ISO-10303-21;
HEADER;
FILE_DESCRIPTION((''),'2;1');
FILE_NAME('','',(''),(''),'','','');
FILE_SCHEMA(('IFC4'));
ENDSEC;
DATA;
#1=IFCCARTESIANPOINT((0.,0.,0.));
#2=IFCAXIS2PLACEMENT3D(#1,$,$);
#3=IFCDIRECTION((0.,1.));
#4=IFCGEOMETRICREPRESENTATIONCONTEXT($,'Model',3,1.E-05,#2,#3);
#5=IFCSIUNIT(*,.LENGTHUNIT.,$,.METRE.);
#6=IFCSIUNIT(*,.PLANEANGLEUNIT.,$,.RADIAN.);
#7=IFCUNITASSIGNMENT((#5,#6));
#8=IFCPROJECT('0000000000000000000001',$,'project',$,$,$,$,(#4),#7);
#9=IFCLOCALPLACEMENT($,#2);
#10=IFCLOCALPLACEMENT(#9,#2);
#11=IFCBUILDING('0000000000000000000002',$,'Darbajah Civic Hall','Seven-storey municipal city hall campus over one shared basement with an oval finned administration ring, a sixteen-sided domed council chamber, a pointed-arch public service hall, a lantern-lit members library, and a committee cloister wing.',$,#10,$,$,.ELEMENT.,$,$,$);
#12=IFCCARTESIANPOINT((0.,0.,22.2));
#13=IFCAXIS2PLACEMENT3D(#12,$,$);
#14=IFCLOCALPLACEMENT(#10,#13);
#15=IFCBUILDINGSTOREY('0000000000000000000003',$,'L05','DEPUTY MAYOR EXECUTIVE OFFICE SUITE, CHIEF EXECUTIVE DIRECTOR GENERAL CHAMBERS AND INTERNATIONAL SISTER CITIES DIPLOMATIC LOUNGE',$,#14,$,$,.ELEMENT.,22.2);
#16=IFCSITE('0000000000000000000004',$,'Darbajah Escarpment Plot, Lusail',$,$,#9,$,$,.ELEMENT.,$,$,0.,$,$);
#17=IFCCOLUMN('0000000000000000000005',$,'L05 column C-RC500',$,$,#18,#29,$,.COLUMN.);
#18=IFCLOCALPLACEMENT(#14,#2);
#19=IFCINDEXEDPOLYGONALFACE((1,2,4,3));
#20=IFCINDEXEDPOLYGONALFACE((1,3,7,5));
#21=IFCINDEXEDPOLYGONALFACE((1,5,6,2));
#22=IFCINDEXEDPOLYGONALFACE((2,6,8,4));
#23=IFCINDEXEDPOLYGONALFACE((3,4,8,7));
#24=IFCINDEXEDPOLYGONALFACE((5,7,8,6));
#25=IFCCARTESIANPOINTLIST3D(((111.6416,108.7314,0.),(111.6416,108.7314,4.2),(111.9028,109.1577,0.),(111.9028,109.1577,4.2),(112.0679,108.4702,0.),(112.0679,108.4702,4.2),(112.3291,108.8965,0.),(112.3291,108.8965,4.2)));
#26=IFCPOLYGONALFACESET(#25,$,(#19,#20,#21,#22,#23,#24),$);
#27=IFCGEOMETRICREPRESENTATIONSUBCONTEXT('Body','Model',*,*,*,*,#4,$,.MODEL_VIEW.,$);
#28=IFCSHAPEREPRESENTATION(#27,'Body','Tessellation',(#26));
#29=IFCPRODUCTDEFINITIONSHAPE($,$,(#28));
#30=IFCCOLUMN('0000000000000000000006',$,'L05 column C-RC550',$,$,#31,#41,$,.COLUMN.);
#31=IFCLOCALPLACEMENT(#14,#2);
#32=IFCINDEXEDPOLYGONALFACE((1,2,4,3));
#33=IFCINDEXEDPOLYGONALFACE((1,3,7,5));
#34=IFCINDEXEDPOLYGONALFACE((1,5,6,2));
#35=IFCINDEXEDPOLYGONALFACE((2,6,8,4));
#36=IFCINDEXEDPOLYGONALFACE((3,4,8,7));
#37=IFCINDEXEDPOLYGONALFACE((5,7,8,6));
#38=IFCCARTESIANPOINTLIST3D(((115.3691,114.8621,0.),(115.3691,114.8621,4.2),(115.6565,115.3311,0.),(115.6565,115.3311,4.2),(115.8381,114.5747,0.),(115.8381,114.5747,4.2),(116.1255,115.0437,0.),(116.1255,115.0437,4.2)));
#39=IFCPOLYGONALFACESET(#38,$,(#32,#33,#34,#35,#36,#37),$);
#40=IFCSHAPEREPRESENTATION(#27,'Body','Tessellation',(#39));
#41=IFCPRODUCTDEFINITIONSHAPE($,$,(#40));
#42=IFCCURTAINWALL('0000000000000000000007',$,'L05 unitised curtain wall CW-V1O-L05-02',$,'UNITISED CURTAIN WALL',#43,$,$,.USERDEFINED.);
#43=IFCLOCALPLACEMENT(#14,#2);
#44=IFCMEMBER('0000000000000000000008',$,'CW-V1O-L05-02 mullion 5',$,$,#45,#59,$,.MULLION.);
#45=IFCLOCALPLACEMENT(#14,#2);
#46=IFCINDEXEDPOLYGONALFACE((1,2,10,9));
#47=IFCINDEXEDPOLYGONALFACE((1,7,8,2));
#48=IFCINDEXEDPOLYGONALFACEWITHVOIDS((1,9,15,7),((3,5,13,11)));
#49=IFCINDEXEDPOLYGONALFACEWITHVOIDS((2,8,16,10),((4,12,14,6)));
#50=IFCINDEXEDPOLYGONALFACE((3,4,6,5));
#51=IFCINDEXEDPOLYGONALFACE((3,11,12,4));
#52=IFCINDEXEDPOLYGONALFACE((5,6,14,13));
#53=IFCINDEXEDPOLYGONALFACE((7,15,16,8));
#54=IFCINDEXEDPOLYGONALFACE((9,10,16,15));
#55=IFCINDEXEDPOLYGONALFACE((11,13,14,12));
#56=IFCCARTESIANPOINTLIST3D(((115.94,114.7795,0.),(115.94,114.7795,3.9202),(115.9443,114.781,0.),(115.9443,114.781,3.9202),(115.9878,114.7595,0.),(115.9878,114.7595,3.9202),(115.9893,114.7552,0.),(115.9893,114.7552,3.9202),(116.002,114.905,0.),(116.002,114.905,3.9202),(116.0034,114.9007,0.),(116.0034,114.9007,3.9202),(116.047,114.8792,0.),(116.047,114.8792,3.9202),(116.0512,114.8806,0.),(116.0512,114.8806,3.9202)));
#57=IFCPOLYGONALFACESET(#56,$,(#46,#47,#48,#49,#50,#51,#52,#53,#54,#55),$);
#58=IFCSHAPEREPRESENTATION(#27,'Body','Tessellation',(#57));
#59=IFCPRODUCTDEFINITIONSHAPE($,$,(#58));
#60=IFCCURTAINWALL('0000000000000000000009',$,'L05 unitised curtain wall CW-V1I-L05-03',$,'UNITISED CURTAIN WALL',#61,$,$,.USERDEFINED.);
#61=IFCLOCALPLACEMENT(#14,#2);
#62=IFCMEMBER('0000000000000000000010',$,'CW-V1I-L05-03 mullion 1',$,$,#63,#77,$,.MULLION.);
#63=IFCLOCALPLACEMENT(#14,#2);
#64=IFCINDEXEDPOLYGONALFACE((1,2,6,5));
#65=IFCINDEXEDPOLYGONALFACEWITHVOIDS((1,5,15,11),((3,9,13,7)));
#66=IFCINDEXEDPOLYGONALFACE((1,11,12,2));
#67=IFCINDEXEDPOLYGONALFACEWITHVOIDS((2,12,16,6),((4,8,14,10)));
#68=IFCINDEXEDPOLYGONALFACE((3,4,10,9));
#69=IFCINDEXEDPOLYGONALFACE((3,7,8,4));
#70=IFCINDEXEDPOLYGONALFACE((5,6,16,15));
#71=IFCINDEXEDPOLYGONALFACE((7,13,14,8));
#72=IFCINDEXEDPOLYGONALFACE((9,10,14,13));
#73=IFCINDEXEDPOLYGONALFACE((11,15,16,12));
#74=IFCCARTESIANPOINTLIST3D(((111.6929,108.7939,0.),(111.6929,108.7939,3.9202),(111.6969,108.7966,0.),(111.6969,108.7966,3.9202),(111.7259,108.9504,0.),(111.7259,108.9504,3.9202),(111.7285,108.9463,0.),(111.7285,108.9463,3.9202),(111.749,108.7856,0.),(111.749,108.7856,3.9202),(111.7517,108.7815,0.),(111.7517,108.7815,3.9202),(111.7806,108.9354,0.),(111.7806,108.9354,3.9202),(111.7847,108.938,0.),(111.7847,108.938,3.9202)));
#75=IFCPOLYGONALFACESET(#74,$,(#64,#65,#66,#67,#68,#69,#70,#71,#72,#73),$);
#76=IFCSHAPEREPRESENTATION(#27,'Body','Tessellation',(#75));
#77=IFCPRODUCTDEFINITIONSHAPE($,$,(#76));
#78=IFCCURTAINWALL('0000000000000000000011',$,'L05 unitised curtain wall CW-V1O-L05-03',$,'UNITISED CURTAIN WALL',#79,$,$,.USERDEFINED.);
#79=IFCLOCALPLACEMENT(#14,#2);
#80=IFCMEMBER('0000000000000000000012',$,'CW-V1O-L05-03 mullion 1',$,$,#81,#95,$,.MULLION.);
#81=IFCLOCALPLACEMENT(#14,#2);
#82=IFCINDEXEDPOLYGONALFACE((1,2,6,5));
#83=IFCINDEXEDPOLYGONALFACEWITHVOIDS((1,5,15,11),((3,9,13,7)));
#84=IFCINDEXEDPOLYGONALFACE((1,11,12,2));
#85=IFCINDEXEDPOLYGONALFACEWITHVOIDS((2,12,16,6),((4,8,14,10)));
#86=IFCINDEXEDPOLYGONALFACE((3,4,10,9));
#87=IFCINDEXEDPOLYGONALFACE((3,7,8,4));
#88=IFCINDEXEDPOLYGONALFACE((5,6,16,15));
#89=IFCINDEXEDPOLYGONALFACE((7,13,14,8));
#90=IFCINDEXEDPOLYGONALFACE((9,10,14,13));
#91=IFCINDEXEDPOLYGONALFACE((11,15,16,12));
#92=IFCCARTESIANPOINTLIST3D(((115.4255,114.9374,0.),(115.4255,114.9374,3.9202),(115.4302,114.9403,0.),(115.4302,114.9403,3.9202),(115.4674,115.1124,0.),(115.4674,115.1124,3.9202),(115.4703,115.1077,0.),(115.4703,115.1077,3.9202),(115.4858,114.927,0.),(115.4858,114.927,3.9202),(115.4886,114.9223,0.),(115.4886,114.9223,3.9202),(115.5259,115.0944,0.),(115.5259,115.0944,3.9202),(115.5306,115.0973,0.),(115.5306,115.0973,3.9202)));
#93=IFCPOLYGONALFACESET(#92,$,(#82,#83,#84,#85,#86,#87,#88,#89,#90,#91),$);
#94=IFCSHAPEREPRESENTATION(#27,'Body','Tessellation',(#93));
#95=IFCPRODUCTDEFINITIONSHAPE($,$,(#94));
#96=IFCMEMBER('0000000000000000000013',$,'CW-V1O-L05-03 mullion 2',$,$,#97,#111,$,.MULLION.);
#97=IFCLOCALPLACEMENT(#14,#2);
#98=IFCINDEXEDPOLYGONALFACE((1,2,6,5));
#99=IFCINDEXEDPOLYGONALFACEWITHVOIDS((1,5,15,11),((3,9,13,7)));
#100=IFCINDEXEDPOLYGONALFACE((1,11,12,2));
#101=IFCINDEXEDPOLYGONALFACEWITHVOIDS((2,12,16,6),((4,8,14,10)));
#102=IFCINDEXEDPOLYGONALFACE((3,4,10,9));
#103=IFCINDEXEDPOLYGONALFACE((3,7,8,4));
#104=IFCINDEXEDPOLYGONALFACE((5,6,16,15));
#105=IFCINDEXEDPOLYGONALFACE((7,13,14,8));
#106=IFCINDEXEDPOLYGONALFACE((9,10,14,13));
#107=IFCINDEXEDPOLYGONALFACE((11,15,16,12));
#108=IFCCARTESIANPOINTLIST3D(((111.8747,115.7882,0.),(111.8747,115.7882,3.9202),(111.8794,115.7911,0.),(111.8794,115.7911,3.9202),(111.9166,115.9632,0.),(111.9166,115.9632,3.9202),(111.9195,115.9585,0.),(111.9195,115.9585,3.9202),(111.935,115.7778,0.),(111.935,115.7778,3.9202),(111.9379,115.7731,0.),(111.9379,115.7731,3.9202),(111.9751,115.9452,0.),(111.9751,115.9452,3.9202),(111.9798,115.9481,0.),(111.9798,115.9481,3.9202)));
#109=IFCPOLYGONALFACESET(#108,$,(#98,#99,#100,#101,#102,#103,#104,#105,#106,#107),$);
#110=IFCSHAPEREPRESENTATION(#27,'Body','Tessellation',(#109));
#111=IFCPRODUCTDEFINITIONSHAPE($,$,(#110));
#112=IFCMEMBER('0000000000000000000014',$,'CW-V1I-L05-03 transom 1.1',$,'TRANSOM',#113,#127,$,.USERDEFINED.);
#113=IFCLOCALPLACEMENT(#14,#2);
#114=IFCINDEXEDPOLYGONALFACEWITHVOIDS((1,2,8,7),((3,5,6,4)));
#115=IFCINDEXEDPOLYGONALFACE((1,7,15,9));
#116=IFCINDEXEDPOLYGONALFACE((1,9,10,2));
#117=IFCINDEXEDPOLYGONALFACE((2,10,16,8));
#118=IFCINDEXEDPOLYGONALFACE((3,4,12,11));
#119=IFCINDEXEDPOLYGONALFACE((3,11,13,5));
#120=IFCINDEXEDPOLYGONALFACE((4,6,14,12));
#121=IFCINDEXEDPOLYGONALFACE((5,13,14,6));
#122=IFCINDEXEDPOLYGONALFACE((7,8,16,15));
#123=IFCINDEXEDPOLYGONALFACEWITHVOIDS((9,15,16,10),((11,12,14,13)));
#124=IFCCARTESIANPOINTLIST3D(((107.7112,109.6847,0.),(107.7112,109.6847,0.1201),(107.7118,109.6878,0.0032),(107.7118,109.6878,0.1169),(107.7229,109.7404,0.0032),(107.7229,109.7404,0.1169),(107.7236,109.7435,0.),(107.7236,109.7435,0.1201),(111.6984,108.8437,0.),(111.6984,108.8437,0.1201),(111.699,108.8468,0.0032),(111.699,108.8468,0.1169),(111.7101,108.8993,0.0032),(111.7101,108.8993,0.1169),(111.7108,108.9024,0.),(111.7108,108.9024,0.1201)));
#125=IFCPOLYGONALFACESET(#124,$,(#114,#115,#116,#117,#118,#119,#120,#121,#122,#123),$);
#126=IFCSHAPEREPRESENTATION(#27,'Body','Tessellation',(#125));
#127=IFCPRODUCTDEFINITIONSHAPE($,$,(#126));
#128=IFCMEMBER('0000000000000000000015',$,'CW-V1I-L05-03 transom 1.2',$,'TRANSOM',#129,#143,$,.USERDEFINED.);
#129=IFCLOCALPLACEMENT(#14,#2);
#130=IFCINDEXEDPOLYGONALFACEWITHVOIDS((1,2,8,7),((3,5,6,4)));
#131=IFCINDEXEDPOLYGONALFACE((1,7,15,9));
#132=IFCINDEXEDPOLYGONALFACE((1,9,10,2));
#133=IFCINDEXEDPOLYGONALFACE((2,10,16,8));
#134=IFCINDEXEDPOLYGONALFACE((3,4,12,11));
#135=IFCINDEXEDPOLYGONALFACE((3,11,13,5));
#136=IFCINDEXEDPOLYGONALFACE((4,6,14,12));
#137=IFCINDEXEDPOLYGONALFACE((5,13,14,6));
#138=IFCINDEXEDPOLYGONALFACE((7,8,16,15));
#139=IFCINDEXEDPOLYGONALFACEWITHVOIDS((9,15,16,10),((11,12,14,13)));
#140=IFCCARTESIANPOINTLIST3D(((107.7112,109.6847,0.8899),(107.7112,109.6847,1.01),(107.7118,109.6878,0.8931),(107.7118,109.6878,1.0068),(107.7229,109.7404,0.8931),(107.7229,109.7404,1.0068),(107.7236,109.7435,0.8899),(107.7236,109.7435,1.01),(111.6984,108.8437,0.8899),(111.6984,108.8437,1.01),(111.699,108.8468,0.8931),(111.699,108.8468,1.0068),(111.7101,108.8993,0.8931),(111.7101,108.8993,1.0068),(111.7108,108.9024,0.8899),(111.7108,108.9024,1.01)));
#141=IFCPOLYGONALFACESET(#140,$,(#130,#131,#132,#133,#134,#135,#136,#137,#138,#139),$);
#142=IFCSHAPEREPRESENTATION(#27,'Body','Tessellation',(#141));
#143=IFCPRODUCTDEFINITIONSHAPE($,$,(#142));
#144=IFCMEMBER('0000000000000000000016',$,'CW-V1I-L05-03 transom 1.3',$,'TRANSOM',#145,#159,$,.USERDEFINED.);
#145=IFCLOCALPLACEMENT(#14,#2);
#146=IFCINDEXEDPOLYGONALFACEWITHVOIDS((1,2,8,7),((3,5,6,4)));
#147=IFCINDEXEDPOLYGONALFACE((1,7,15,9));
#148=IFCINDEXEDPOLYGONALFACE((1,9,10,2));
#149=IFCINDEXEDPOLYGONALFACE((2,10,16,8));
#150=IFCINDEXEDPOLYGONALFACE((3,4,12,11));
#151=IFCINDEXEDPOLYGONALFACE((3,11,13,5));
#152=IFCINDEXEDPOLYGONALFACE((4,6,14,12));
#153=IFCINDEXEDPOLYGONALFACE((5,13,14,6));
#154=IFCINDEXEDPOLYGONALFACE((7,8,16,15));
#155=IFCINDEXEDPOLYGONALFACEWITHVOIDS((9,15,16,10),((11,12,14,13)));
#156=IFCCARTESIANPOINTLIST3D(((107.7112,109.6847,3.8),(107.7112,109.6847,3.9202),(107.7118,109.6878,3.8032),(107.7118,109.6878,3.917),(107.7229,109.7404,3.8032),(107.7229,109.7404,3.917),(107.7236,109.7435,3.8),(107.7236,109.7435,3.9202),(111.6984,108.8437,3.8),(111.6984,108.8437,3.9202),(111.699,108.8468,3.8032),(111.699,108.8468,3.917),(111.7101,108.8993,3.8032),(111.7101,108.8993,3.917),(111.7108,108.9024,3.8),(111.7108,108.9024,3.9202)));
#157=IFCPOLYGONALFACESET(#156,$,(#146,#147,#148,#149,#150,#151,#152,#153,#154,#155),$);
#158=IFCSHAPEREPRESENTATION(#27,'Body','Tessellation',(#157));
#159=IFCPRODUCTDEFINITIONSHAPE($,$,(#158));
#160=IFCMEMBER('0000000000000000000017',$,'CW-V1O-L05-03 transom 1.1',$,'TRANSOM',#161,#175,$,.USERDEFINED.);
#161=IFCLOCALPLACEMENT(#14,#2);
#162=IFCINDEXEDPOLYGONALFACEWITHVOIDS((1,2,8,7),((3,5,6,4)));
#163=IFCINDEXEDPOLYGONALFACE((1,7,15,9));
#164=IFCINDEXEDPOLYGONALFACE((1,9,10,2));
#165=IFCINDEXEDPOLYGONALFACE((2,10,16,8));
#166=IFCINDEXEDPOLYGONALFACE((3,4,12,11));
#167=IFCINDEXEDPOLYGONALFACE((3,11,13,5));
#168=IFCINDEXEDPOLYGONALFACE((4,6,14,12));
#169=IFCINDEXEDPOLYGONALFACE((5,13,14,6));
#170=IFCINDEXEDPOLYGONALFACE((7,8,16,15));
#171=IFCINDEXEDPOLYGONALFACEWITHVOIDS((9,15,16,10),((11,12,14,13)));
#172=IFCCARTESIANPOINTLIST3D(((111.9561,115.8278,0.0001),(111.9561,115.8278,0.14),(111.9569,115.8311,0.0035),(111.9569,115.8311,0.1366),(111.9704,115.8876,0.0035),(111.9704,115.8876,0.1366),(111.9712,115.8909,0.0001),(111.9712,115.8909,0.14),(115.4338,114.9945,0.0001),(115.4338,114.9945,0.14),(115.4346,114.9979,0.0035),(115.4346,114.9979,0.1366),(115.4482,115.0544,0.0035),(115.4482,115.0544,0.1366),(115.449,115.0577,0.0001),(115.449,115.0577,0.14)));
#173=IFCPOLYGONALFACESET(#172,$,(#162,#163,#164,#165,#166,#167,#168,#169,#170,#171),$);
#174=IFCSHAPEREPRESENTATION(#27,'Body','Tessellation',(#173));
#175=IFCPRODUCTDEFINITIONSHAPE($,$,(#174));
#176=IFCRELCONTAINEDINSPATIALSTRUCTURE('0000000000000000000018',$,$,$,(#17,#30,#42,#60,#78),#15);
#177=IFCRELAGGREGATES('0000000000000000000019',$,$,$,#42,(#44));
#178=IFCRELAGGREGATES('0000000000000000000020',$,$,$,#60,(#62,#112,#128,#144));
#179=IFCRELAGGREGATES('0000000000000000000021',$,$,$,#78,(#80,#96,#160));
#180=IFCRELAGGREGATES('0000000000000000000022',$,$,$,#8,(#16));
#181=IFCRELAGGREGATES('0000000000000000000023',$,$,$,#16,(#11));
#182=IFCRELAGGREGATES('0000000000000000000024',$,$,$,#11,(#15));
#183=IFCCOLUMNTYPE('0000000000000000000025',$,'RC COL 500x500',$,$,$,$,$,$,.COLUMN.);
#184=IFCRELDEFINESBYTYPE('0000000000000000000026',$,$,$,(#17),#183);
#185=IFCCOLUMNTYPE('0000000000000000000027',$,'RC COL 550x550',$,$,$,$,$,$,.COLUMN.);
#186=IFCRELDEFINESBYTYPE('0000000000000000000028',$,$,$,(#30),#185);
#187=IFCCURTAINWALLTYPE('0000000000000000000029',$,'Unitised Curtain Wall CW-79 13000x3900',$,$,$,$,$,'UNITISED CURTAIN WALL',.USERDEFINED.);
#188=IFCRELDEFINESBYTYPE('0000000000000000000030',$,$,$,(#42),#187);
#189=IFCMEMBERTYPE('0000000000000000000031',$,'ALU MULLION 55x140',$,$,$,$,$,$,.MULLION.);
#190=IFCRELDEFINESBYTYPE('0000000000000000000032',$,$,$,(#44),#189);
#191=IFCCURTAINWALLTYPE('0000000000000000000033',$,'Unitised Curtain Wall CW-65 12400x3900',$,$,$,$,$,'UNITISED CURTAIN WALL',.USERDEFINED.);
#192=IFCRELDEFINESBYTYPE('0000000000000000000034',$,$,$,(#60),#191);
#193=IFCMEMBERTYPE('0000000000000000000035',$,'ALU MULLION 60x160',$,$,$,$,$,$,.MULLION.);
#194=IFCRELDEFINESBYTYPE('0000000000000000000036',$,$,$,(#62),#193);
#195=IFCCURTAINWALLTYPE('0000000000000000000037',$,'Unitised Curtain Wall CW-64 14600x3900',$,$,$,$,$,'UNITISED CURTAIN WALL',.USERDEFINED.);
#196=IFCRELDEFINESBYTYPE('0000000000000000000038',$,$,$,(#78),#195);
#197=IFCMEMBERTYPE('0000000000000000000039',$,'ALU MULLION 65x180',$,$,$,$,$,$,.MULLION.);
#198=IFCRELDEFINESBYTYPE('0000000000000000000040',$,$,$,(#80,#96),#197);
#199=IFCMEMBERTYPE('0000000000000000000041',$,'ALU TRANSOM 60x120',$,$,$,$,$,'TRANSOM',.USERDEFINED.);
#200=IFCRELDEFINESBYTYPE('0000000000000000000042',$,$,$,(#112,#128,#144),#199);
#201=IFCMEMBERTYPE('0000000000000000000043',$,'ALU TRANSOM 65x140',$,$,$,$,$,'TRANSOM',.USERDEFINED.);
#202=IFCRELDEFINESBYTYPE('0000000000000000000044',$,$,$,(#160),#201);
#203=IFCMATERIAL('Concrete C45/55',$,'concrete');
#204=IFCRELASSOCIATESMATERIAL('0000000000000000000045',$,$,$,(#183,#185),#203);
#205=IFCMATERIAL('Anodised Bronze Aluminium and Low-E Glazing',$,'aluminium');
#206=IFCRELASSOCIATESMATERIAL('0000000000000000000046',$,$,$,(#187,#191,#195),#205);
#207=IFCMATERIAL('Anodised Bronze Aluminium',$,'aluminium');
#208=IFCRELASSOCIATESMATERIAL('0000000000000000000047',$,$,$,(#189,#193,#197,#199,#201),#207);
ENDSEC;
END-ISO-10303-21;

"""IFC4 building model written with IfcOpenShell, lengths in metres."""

from ifc_helpers import new_model, si_unit, direction, frame, origin, origin_2d, place, context, subcontext, project, spatial, rectangle, hollow_rectangle, extrude, material, material_profile, profile_set, type_object, element, aggregate, save


model = new_model("IFC4")

# Units and contexts
model_context = context("Model", 3, precision=1e-05, world=origin(), true_north=direction((0.0, 1.0)))
body_context = subcontext(model_context, "Body", "Model", "MODEL_VIEW")
ifc_project = project(units=[si_unit("LENGTHUNIT", "METRE"), si_unit("PLANEANGLEUNIT", "RADIAN")], contexts=[model_context])

# Site, building, storey
site_placement = place(None, origin())
site = spatial("IfcSite", under=ifc_project, at=site_placement, Name="Darbajah Escarpment Plot, Lusail", CompositionType="ELEMENT", RefElevation=0.0)
building_placement = place(site_placement, origin())
building = spatial("IfcBuilding", under=site, at=building_placement, Name="Darbajah Civic Hall", Description="Seven-storey municipal city hall campus over one shared basement with an oval finned administration ring, a sixteen-sided domed council chamber, a pointed-arch public service hall, a lantern-lit members library, and a committee cloister wing.", CompositionType="ELEMENT")
storey_placement = place(building_placement, frame((0.0, 0.0, 22.2)))
storey = spatial("IfcBuildingStorey", under=building, at=storey_placement, Name="L05", Description="DEPUTY MAYOR EXECUTIVE OFFICE SUITE, CHIEF EXECUTIVE DIRECTOR GENERAL CHAMBERS AND INTERNATIONAL SISTER CITIES DIPLOMATIC LOUNGE", CompositionType="ELEMENT", Elevation=22.2)

# Columns
ifc_material_1 = material(Name="Concrete C45/55", Category="concrete")
ifc_material_profile_1 = material_profile(ifc_material_1, rectangle(XDim=0.5, YDim=0.5, at=origin_2d()), Name="RC COL 500x500")
ifc_profile_set_1 = profile_set([ifc_material_profile_1], Name="Concrete C45/55")
column_type_1 = type_object("IfcColumnType", Name="RC COL 500x500", PredefinedType="COLUMN", material=ifc_profile_set_1)
column_1_placement = place(storey_placement, frame((111.9854, 108.814, 0.0), z_axis=(0.0, 0.0, 1.0), x_axis=(0.522499, 0.85264, 0.0)))
element("IfcColumn", 1, at=column_1_placement, inside=storey, type_object=column_type_1, Name="L05 column C-RC500", PredefinedType="COLUMN", context=body_context, shape_type="SweptSolid", body=[
    extrude(rectangle(XDim=0.5, YDim=0.5, at=origin_2d()), origin(), (0.0, 0.0, 1.0), 4.2),
])
ifc_material_profile_2 = material_profile(ifc_material_1, rectangle(XDim=0.55, YDim=0.55, at=origin_2d()), Name="RC COL 550x550")
ifc_profile_set_2 = profile_set([ifc_material_profile_2], Name="Concrete C45/55")
column_type_2 = type_object("IfcColumnType", Name="RC COL 550x550", PredefinedType="COLUMN", material=ifc_profile_set_2)
column_2_placement = place(storey_placement, frame((115.7473, 114.9529, 0.0), z_axis=(0.0, 0.0, 1.0), x_axis=(0.522499, 0.85264, 0.0)))
element("IfcColumn", 2, at=column_2_placement, inside=storey, type_object=column_type_2, Name="L05 column C-RC550", PredefinedType="COLUMN", context=body_context, shape_type="SweptSolid", body=[
    extrude(rectangle(XDim=0.55, YDim=0.55, at=origin_2d()), origin(), (0.0, 0.0, 1.0), 4.2),
])

# Curtain walls, members
ifc_material_2 = material(Name="Anodised Bronze Aluminium and Low-E Glazing", Category="aluminium")
curtain_wall_type_1 = type_object("IfcCurtainWallType", Name="Unitised Curtain Wall CW-79 13000x3900", ElementType="UNITISED CURTAIN WALL", PredefinedType="USERDEFINED", material=ifc_material_2)
curtain_wall_1_placement = place(storey_placement, origin())
curtain_wall_1 = element("IfcCurtainWall", 3, at=curtain_wall_1_placement, inside=storey, type_object=curtain_wall_type_1, Name="L05 unitised curtain wall CW-V1O-L05-02", ObjectType="UNITISED CURTAIN WALL", PredefinedType="USERDEFINED")
ifc_material_3 = material(Name="Anodised Bronze Aluminium", Category="aluminium")
ifc_material_profile_3 = material_profile(ifc_material_3, hollow_rectangle(XDim=0.0549, YDim=0.1399, WallThickness=0.0032, at=origin_2d()), Name="ALU MULLION 55x140")
ifc_profile_set_3 = profile_set([ifc_material_profile_3], Name="Anodised Bronze Aluminium")
member_type_1 = type_object("IfcMemberType", Name="ALU MULLION 55x140", PredefinedType="MULLION", material=ifc_profile_set_3)
member_1_placement = place(storey_placement, frame((115.9956, 114.8301, 0.0), z_axis=(0.0, 0.0, 1.0), x_axis=(-0.896564, 0.442915, 0.0)))
member_1 = element("IfcMember", 4, at=member_1_placement, type_object=member_type_1, Name="CW-V1O-L05-02 mullion 5", PredefinedType="MULLION", context=body_context, shape_type="SweptSolid", body=[
    extrude(hollow_rectangle(XDim=0.0549, YDim=0.1399, WallThickness=0.0032, at=origin_2d()), origin(), (0.0, 0.0, 1.0), 3.9202),
])
aggregate(curtain_wall_1, [member_1])
curtain_wall_type_2 = type_object("IfcCurtainWallType", Name="Unitised Curtain Wall CW-65 12400x3900", ElementType="UNITISED CURTAIN WALL", PredefinedType="USERDEFINED", material=ifc_material_2)
curtain_wall_2_placement = place(storey_placement, origin())
curtain_wall_2 = element("IfcCurtainWall", 5, at=curtain_wall_2_placement, inside=storey, type_object=curtain_wall_type_2, Name="L05 unitised curtain wall CW-V1I-L05-03", ObjectType="UNITISED CURTAIN WALL", PredefinedType="USERDEFINED")
ifc_material_profile_4 = material_profile(ifc_material_3, hollow_rectangle(XDim=0.0601, YDim=0.1599, WallThickness=0.0034, at=origin_2d()), Name="ALU MULLION 60x160")
ifc_profile_set_4 = profile_set([ifc_material_profile_4], Name="Anodised Bronze Aluminium")
member_type_2 = type_object("IfcMemberType", Name="ALU MULLION 60x160", PredefinedType="MULLION", material=ifc_profile_set_4)
member_2_placement = place(storey_placement, frame((111.7388, 108.866, 0.0), z_axis=(0.0, 0.0, 1.0), x_axis=(-0.978473, 0.206375, 0.0)))
member_2 = element("IfcMember", 6, at=member_2_placement, type_object=member_type_2, Name="CW-V1I-L05-03 mullion 1", PredefinedType="MULLION", context=body_context, shape_type="SweptSolid", body=[
    extrude(hollow_rectangle(XDim=0.0601, YDim=0.1599, WallThickness=0.0034, at=origin_2d()), origin(), (0.0, 0.0, 1.0), 3.9202),
])

# Curtain wall, members
curtain_wall_type_3 = type_object("IfcCurtainWallType", Name="Unitised Curtain Wall CW-64 14600x3900", ElementType="UNITISED CURTAIN WALL", PredefinedType="USERDEFINED", material=ifc_material_2)
curtain_wall_3_placement = place(storey_placement, origin())
curtain_wall_3 = element("IfcCurtainWall", 7, at=curtain_wall_3_placement, inside=storey, type_object=curtain_wall_type_3, Name="L05 unitised curtain wall CW-V1O-L05-03", ObjectType="UNITISED CURTAIN WALL", PredefinedType="USERDEFINED")
ifc_material_profile_5 = material_profile(ifc_material_3, hollow_rectangle(XDim=0.0649, YDim=0.1799, WallThickness=0.0039, at=origin_2d()), Name="ALU MULLION 65x180")
ifc_profile_set_5 = profile_set([ifc_material_profile_5], Name="Anodised Bronze Aluminium")
member_type_3 = type_object("IfcMemberType", Name="ALU MULLION 65x180", PredefinedType="MULLION", material=ifc_profile_set_5)
member_3_placement = place(storey_placement, frame((115.478, 115.0173, 0.0), z_axis=(0.0, 0.0, 1.0), x_axis=(-0.972492, 0.232936, 0.0)))
member_3 = element("IfcMember", 8, at=member_3_placement, type_object=member_type_3, Name="CW-V1O-L05-03 mullion 1", PredefinedType="MULLION", context=body_context, shape_type="SweptSolid", body=[
    extrude(hollow_rectangle(XDim=0.0649, YDim=0.1799, WallThickness=0.0039, at=origin_2d()), origin(), (0.0, 0.0, 1.0), 3.9202),
])
member_4_placement = place(storey_placement, frame((111.9272, 115.8682, 0.0), z_axis=(0.0, 0.0, 1.0), x_axis=(-0.972492, 0.232936, 0.0)))
member_4 = element("IfcMember", 9, at=member_4_placement, type_object=member_type_3, Name="CW-V1O-L05-03 mullion 2", PredefinedType="MULLION", context=body_context, shape_type="SweptSolid", body=[
    extrude(hollow_rectangle(XDim=0.0649, YDim=0.1799, WallThickness=0.0039, at=origin_2d()), origin(), (0.0, 0.0, 1.0), 3.9202),
])

# Members
ifc_material_profile_6 = material_profile(ifc_material_3, hollow_rectangle(XDim=0.0601, YDim=0.1201, WallThickness=0.0032, at=origin_2d()), Name="ALU TRANSOM 60x120")
ifc_profile_set_6 = profile_set([ifc_material_profile_6], Name="Anodised Bronze Aluminium")
member_type_4 = type_object("IfcMemberType", Name="ALU TRANSOM 60x120", ElementType="TRANSOM", PredefinedType="USERDEFINED", material=ifc_profile_set_6)
member_5_placement = place(storey_placement, frame((111.7046, 108.873, 0.0601), z_axis=(-0.978469, 0.206394, 0.0), x_axis=(-0.206394, -0.978469, 0.0)))
member_5 = element("IfcMember", 10, at=member_5_placement, type_object=member_type_4, Name="CW-V1I-L05-03 transom 1.1", ObjectType="TRANSOM", PredefinedType="USERDEFINED", context=body_context, shape_type="SweptSolid", body=[
    extrude(hollow_rectangle(XDim=0.0601, YDim=0.1201, WallThickness=0.0032, at=origin_2d()), origin(), (0.0, 0.0, 1.0), 4.075),
])
member_6_placement = place(storey_placement, frame((111.7046, 108.873, 0.95), z_axis=(-0.978469, 0.206394, 0.0), x_axis=(-0.206394, -0.978469, 0.0)))
member_6 = element("IfcMember", 11, at=member_6_placement, type_object=member_type_4, Name="CW-V1I-L05-03 transom 1.2", ObjectType="TRANSOM", PredefinedType="USERDEFINED", context=body_context, shape_type="SweptSolid", body=[
    extrude(hollow_rectangle(XDim=0.0601, YDim=0.1201, WallThickness=0.0032, at=origin_2d()), origin(), (0.0, 0.0, 1.0), 4.075),
])
member_7_placement = place(storey_placement, frame((111.7046, 108.873, 3.8601), z_axis=(-0.978469, 0.206394, 0.0), x_axis=(-0.206394, -0.978469, 0.0)))
member_7 = element("IfcMember", 12, at=member_7_placement, type_object=member_type_4, Name="CW-V1I-L05-03 transom 1.3", ObjectType="TRANSOM", PredefinedType="USERDEFINED", context=body_context, shape_type="SweptSolid", body=[
    extrude(hollow_rectangle(XDim=0.0601, YDim=0.1201, WallThickness=0.0032, at=origin_2d()), origin(), (0.0, 0.0, 1.0), 4.075),
])
ifc_material_profile_7 = material_profile(ifc_material_3, hollow_rectangle(XDim=0.0649, YDim=0.1399, WallThickness=0.0034, at=origin_2d()), Name="ALU TRANSOM 65x140")
ifc_profile_set_7 = profile_set([ifc_material_profile_7], Name="Anodised Bronze Aluminium")
member_type_5 = type_object("IfcMemberType", Name="ALU TRANSOM 65x140", ElementType="TRANSOM", PredefinedType="USERDEFINED", material=ifc_profile_set_7)
member_8_placement = place(storey_placement, frame((115.4414, 115.0261, 0.0701), z_axis=(-0.972477, 0.232999, 0.0), x_axis=(-0.232999, -0.972477, 0.0)))
member_8 = element("IfcMember", 13, at=member_8_placement, type_object=member_type_5, Name="CW-V1O-L05-03 transom 1.1", ObjectType="TRANSOM", PredefinedType="USERDEFINED", context=body_context, shape_type="SweptSolid", body=[
    extrude(hollow_rectangle(XDim=0.0649, YDim=0.1399, WallThickness=0.0034, at=origin_2d()), origin(), (0.0, 0.0, 1.0), 3.5762),
])

aggregate(curtain_wall_2, [member_2, member_5, member_6, member_7])
aggregate(curtain_wall_3, [member_3, member_4, member_8])

save(model, "model.ifc")
